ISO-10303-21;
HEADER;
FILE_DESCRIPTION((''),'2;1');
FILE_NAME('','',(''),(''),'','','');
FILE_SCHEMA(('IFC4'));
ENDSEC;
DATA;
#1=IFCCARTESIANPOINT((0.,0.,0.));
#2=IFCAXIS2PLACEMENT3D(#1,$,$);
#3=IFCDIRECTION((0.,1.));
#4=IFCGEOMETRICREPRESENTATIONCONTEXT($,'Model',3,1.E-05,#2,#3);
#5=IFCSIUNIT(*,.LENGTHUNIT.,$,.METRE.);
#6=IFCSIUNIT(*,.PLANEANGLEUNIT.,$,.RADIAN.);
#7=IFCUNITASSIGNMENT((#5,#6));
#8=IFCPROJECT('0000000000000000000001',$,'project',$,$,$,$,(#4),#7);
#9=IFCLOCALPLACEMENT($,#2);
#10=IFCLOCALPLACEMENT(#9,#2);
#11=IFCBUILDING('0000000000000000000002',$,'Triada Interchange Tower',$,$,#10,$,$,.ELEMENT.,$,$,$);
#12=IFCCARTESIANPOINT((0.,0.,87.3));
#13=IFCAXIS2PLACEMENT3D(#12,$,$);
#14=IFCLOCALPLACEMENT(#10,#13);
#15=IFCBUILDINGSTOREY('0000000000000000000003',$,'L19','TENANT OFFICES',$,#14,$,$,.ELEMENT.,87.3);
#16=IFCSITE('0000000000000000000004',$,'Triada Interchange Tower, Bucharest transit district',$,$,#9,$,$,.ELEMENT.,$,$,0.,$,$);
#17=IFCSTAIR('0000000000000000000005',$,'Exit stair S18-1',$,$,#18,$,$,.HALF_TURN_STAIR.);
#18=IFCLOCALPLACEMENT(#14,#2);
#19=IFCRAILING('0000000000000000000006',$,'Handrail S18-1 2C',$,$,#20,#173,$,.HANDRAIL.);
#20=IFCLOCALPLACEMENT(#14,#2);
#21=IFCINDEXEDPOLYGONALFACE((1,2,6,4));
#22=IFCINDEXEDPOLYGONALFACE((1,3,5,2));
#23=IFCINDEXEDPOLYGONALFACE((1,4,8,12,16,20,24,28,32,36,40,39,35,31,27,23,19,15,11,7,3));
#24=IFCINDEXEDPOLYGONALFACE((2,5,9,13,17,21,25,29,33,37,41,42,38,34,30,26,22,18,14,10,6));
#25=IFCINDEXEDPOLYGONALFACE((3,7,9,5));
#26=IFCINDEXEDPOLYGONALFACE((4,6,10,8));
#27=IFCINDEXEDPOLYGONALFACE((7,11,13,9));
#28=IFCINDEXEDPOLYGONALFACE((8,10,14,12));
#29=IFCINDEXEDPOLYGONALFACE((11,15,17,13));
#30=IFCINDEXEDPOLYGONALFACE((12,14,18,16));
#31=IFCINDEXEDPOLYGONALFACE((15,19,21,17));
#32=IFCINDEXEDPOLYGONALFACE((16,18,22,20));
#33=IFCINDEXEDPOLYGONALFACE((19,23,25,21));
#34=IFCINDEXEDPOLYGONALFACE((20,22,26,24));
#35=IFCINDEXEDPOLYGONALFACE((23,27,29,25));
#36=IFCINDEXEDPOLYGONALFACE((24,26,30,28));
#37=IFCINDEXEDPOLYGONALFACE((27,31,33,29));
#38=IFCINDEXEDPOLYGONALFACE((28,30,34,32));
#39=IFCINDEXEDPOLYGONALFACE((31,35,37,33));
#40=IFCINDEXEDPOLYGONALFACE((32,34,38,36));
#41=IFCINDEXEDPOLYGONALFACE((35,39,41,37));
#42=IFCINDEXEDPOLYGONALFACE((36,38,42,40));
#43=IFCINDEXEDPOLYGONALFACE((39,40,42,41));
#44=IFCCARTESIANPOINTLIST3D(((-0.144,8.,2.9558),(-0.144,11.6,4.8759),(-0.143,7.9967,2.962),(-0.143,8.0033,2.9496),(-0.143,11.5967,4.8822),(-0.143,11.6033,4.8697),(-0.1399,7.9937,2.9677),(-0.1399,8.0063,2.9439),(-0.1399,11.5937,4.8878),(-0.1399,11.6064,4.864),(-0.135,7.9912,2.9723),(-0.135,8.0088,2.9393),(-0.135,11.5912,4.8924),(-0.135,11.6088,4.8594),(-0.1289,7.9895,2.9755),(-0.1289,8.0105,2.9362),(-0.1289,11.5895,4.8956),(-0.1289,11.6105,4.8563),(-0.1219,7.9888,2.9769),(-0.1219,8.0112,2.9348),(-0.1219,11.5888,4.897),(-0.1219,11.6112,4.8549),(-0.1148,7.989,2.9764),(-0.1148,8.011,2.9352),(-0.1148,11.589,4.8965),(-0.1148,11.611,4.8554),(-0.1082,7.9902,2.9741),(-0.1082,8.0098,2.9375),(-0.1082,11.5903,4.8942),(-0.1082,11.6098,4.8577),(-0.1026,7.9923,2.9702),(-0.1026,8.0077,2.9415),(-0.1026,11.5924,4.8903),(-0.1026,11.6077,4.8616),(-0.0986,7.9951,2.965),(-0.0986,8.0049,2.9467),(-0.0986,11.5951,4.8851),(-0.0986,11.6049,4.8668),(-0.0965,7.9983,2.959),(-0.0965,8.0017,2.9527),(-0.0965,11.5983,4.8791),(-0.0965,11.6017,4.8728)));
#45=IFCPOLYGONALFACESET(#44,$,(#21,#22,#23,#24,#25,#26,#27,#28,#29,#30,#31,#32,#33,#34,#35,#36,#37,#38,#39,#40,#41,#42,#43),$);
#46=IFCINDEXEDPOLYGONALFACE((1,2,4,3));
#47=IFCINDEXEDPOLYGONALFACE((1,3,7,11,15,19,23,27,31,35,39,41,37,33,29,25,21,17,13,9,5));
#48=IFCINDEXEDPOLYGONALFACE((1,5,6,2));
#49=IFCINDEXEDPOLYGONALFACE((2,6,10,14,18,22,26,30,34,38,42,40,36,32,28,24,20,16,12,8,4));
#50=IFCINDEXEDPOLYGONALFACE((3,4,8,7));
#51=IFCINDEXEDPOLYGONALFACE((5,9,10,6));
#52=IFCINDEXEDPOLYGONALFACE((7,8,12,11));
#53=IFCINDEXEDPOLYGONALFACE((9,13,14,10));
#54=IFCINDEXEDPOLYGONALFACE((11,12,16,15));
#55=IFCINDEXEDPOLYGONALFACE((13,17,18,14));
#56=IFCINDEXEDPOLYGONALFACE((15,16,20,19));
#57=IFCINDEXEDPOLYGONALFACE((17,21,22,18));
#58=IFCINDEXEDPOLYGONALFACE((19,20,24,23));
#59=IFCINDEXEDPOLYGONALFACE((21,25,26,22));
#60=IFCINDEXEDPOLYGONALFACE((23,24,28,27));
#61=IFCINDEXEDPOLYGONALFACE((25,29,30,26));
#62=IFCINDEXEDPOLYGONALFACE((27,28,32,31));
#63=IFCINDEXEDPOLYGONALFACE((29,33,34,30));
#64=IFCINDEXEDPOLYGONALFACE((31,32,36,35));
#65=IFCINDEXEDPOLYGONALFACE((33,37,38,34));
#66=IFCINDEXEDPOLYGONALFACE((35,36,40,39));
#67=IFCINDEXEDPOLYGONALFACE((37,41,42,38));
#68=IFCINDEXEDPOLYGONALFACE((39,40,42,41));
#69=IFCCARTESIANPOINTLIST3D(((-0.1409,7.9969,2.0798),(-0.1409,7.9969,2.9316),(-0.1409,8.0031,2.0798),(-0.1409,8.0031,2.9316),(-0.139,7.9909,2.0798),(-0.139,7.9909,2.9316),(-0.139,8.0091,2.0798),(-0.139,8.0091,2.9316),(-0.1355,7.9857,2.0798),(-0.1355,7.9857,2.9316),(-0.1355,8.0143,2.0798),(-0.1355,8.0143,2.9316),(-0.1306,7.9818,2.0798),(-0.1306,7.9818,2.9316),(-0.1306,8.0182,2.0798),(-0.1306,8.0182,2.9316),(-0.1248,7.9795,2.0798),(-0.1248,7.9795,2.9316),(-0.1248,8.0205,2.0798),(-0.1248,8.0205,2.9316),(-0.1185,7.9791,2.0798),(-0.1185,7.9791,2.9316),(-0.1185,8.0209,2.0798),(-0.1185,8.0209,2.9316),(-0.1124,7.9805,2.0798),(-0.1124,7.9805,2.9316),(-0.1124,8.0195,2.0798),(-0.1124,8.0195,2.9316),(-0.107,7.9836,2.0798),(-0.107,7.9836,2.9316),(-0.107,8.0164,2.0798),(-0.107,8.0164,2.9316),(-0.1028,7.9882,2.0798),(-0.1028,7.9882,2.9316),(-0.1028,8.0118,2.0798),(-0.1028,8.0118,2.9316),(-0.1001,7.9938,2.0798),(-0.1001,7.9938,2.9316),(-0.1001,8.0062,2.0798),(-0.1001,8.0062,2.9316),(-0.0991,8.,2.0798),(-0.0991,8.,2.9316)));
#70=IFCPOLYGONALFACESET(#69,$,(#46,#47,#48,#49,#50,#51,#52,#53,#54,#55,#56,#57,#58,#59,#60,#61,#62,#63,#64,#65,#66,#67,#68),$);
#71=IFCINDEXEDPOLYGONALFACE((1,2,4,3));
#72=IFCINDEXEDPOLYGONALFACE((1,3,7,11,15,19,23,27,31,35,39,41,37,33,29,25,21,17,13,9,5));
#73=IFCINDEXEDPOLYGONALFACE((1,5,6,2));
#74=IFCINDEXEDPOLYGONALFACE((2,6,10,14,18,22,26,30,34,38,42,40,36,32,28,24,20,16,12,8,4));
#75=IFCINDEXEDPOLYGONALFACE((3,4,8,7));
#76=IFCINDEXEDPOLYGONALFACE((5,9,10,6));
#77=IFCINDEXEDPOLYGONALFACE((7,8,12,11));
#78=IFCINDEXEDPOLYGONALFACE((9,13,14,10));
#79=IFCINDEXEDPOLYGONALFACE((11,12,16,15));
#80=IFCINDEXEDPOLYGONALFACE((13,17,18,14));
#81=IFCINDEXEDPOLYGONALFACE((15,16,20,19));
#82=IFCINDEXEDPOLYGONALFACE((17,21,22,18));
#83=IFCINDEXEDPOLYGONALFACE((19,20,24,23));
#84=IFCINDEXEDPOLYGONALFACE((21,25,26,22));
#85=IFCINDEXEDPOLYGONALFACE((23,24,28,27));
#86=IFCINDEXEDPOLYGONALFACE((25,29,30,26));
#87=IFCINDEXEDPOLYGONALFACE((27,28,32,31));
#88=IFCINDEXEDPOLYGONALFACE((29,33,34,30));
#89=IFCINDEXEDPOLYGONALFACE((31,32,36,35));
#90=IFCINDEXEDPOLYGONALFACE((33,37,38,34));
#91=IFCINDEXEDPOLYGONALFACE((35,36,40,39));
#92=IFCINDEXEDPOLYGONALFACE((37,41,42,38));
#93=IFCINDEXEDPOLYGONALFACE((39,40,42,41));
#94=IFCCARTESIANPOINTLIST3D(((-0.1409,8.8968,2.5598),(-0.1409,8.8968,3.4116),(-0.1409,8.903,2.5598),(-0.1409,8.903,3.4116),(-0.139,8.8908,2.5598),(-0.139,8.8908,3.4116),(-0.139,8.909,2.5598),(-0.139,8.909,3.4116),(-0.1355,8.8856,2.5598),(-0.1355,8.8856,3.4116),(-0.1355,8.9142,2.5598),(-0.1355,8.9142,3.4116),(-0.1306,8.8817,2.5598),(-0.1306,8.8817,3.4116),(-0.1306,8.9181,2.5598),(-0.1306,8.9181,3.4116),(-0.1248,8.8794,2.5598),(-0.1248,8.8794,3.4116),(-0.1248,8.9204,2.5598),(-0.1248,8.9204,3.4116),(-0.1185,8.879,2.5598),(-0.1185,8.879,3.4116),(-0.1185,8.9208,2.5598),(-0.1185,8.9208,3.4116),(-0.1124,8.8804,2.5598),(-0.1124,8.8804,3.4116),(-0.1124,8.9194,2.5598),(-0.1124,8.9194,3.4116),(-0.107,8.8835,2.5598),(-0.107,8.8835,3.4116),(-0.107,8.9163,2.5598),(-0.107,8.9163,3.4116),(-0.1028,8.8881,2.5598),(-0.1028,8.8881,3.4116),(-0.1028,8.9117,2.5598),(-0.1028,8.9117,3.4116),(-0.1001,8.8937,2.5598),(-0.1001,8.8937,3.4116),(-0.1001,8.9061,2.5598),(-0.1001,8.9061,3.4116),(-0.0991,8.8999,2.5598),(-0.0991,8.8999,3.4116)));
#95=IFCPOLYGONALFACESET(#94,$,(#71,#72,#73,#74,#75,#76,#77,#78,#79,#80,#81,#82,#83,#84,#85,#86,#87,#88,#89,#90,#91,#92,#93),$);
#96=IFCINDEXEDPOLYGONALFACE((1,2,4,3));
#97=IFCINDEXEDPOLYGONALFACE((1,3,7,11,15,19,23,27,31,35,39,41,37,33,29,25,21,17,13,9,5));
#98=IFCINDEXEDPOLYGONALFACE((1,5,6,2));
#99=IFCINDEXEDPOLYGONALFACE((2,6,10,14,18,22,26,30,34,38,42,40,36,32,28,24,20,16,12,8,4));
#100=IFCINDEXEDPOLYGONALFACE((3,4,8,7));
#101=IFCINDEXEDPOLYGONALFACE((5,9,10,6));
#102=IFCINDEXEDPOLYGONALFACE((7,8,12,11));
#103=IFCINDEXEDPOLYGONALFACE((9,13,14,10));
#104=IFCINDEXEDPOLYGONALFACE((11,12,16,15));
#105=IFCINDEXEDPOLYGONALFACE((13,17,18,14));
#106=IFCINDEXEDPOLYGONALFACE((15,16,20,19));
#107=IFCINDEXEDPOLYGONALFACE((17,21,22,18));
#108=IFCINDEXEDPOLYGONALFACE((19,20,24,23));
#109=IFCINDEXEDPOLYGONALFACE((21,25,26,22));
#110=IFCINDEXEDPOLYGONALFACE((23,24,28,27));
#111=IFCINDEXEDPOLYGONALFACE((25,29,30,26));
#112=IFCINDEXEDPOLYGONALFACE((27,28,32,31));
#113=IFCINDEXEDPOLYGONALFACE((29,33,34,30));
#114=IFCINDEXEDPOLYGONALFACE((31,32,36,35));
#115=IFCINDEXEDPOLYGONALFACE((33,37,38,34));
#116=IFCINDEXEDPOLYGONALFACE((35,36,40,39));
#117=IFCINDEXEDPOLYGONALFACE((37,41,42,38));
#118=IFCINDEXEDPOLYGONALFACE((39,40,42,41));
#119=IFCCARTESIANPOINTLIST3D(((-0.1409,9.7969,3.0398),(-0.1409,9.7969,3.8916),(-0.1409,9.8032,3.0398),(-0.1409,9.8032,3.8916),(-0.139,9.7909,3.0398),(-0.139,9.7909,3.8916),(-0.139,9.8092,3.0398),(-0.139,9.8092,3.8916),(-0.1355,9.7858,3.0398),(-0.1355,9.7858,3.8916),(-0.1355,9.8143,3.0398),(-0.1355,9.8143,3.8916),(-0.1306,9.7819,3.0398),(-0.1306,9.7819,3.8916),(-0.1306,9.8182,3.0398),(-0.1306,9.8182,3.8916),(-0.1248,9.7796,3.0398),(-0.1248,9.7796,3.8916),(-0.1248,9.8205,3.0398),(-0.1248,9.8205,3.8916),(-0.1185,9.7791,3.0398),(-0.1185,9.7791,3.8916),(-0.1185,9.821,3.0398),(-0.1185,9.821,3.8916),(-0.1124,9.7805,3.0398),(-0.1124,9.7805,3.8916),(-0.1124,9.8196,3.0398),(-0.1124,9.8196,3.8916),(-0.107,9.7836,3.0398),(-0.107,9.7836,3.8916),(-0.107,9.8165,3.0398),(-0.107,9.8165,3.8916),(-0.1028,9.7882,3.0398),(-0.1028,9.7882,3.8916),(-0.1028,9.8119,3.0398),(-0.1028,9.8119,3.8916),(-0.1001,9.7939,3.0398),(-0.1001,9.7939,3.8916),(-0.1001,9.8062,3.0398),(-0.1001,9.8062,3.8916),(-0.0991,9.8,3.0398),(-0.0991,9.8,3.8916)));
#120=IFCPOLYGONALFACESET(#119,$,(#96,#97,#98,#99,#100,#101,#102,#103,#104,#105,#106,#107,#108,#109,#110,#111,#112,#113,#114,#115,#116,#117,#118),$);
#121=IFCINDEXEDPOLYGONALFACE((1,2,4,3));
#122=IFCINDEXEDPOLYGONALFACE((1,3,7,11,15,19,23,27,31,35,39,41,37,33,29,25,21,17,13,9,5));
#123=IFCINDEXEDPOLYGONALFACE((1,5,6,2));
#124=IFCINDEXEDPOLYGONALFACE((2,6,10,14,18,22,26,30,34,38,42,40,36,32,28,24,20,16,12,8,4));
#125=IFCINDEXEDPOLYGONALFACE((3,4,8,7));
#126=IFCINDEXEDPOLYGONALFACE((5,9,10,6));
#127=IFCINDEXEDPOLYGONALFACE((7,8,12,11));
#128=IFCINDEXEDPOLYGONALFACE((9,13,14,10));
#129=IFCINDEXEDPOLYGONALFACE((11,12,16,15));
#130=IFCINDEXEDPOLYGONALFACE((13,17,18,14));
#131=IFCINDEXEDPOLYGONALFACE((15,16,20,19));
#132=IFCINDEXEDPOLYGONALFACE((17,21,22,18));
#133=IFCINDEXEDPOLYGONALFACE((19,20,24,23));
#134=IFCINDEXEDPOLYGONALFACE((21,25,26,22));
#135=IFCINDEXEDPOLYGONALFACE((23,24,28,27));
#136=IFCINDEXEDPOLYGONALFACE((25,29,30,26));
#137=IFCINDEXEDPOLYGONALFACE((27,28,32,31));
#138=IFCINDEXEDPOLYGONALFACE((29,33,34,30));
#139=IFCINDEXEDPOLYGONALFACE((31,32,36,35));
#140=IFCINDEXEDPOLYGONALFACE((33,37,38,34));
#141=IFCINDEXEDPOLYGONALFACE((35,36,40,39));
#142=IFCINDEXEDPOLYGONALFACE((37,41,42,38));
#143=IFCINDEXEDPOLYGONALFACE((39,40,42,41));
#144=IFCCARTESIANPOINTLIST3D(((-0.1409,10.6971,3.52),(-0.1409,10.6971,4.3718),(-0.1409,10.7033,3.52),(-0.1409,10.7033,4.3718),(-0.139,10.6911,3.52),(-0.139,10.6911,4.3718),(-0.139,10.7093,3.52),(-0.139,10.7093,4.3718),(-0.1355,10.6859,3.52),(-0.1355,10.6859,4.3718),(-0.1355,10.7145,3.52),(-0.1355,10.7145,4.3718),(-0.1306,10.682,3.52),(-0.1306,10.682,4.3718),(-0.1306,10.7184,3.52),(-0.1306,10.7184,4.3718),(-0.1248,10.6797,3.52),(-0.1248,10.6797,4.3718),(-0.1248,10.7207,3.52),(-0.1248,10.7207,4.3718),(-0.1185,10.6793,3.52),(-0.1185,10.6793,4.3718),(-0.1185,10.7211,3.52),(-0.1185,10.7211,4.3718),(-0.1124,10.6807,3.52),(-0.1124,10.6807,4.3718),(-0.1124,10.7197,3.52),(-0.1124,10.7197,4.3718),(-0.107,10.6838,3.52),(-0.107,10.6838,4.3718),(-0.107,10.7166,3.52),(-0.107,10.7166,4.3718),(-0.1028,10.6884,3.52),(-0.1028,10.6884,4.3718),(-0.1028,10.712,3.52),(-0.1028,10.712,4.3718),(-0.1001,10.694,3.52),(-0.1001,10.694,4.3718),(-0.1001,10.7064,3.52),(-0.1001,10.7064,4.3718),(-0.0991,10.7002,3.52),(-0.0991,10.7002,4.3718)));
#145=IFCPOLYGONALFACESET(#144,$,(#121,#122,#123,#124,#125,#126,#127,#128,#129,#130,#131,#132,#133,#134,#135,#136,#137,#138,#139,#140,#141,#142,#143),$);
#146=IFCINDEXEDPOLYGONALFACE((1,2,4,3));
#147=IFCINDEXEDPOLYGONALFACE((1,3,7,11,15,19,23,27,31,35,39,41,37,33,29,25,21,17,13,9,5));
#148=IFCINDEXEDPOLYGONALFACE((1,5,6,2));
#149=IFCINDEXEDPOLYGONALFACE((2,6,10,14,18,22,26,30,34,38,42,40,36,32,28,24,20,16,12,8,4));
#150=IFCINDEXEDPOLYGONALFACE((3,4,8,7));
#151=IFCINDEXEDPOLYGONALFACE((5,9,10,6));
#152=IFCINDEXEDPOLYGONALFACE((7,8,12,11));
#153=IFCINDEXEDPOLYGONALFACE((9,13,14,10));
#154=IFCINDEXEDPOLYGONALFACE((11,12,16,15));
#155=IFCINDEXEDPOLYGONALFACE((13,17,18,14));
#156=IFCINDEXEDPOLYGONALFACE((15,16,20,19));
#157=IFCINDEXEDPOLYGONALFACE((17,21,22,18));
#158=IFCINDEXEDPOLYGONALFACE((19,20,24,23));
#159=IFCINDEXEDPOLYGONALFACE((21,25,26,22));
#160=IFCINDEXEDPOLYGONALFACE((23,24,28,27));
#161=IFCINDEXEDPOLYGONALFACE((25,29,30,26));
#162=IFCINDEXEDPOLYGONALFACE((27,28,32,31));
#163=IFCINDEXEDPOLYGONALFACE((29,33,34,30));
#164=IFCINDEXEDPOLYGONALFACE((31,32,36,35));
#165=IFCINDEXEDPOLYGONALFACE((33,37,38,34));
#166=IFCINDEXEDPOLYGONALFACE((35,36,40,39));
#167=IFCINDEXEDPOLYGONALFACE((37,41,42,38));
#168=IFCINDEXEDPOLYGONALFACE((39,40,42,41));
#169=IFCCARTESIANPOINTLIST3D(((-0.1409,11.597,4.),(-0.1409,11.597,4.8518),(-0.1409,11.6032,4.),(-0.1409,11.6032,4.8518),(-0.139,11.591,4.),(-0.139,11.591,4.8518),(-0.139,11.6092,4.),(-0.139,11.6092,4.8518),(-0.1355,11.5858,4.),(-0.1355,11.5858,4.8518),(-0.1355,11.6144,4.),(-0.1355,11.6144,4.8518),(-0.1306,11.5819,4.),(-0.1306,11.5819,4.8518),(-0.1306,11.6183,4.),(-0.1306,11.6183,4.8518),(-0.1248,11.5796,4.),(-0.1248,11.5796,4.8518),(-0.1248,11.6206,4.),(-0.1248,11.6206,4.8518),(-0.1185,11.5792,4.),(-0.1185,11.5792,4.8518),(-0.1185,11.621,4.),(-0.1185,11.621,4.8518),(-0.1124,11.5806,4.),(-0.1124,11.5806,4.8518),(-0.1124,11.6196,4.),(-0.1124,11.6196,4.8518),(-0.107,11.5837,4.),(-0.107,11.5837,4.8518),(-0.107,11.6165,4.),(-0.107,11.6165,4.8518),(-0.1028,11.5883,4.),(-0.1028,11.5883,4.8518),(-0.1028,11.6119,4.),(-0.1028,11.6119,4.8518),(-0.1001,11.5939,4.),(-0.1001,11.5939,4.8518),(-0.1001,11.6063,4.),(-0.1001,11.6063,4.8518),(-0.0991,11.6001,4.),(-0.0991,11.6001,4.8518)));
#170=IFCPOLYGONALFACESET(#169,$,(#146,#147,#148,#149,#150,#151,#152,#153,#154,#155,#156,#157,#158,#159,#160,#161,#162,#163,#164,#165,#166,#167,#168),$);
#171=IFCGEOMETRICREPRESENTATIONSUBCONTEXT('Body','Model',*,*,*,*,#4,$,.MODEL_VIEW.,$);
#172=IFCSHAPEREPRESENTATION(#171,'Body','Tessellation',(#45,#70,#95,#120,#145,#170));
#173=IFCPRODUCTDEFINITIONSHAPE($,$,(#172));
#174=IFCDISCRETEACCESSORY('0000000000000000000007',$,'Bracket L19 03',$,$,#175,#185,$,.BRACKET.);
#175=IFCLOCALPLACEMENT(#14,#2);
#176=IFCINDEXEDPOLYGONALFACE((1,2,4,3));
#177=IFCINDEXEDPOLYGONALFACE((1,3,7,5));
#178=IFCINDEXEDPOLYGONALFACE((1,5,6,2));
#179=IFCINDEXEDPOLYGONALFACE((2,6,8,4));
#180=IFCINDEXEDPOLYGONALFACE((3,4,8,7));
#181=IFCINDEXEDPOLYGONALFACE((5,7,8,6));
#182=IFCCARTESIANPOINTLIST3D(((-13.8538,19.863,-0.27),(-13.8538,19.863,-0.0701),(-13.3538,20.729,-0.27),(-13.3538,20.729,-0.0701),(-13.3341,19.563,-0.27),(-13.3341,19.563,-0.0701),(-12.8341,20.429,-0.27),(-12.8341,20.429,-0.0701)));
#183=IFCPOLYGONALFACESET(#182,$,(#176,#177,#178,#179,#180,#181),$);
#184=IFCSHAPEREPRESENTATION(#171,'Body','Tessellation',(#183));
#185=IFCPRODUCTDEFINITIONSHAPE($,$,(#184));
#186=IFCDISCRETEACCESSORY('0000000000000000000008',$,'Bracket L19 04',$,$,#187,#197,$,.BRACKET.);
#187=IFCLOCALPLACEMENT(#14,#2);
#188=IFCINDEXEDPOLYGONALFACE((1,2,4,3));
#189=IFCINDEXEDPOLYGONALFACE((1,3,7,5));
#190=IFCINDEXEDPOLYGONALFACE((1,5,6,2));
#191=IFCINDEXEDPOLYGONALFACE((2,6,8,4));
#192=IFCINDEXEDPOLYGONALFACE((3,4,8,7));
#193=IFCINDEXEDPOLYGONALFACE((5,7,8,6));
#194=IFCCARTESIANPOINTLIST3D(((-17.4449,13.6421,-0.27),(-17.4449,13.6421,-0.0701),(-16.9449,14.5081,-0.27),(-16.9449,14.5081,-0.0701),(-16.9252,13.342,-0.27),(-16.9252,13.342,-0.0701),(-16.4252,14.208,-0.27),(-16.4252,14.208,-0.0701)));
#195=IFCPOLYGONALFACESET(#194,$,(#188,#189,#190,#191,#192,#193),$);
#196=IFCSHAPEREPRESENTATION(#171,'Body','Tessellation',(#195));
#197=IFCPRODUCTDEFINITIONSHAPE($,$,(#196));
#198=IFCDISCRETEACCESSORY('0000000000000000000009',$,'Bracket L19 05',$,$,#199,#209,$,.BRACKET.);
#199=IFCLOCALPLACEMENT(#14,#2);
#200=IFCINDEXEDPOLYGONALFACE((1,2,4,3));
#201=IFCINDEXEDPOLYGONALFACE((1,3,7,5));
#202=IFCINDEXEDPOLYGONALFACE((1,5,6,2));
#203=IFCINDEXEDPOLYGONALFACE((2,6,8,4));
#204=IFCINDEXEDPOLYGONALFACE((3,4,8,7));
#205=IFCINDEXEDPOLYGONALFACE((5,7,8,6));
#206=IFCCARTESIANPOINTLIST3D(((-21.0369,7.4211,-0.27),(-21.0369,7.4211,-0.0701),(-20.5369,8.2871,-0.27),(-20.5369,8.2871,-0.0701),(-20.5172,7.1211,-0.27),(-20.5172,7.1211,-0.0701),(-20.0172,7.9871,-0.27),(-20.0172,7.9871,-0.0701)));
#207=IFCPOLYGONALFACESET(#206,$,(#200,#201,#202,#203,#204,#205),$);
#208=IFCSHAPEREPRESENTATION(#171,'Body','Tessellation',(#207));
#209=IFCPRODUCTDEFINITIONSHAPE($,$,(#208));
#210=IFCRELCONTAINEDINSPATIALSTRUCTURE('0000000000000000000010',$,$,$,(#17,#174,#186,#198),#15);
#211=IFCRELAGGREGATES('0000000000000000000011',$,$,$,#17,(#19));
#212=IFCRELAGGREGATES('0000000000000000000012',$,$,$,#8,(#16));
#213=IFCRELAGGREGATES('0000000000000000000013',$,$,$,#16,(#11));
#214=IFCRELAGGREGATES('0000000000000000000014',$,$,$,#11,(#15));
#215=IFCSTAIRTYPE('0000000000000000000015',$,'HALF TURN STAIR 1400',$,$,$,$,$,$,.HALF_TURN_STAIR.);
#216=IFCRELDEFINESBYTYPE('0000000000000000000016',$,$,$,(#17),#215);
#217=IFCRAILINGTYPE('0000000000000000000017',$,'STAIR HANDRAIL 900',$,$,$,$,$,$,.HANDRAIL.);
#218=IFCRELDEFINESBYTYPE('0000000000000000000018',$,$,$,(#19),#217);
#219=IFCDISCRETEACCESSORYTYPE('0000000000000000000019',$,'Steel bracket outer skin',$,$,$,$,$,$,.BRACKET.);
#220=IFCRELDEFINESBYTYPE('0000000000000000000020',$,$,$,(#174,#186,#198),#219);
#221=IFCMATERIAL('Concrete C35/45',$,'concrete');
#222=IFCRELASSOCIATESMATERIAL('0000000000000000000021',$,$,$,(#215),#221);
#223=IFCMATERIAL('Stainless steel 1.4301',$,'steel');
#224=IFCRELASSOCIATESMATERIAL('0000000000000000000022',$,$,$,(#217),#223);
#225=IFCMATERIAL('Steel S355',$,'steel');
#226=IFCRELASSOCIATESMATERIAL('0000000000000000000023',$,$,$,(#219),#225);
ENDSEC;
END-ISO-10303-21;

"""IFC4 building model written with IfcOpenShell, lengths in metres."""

from ifc_helpers import new_model, si_unit, direction, frame, origin, origin_2d, place, context, subcontext, project, spatial, rectangle, circle, extrude, material, type_object, element, aggregate, save


model = new_model("IFC4")

# Units and contexts
model_context = context("Model", 3, precision=1e-05, world=origin(), true_north=direction((0.0, 1.0)))
body_context = subcontext(model_context, "Body", "Model", "MODEL_VIEW")
ifc_project = project(units=[si_unit("LENGTHUNIT", "METRE"), si_unit("PLANEANGLEUNIT", "RADIAN")], contexts=[model_context])

# Site, building, storey
site_placement = place(None, origin())
site = spatial("IfcSite", under=ifc_project, at=site_placement, Name="Triada Interchange Tower, Bucharest transit district", CompositionType="ELEMENT", RefElevation=0.0)
building_placement = place(site_placement, origin())
building = spatial("IfcBuilding", under=site, at=building_placement, Name="Triada Interchange Tower", CompositionType="ELEMENT")
storey_placement = place(building_placement, frame((0.0, 0.0, 87.3)))
storey = spatial("IfcBuildingStorey", under=building, at=storey_placement, Name="L19", Description="TENANT OFFICES", CompositionType="ELEMENT", Elevation=87.3)

# Stair
ifc_material_1 = material(Name="Concrete C35/45", Category="concrete")
stair_type = type_object("IfcStairType", Name="HALF TURN STAIR 1400", PredefinedType="HALF_TURN_STAIR", material=ifc_material_1)
stair_placement = place(storey_placement, origin())
stair = element("IfcStair", 1, at=stair_placement, inside=storey, type_object=stair_type, Name="Exit stair S18-1", PredefinedType="HALF_TURN_STAIR")

# Railing
ifc_material_2 = material(Name="Stainless steel 1.4301", Category="steel")
railing_type = type_object("IfcRailingType", Name="STAIR HANDRAIL 900", PredefinedType="HANDRAIL", material=ifc_material_2)
railing_1_placement = place(storey_placement, frame((-0.1201, 8.0, 2.0798)))
railing_1 = element("IfcRailing", 2, at=railing_1_placement, type_object=railing_type, Name="Handrail S18-1 2C", PredefinedType="HANDRAIL", context=body_context, shape_type="SweptSolid", body=[
    extrude(circle(Radius=0.0239, at=origin_2d()), frame((0.0, 0.0, 0.876), z_axis=(0.0, 0.882341, 0.47061), x_axis=(-1.0, 0.0, 0.0)), (0.0, 0.0, 1.0), 4.0801),
    extrude(circle(Radius=0.021, at=origin_2d()), origin(), (0.0, 0.0, 1.0), 0.8518),
    extrude(circle(Radius=0.021, at=origin_2d()), frame((0.0, 0.8999, 0.48)), (0.0, 0.0, 1.0), 0.8518),
    extrude(circle(Radius=0.021, at=origin_2d()), frame((0.0, 1.8, 0.96)), (0.0, 0.0, 1.0), 0.8518),
    extrude(circle(Radius=0.021, at=origin_2d()), frame((0.0, 2.7002, 1.4402)), (0.0, 0.0, 1.0), 0.8518),
    extrude(circle(Radius=0.021, at=origin_2d()), frame((0.0, 3.6001, 1.9202)), (0.0, 0.0, 1.0), 0.8518),
])
aggregate(stair, [railing_1])

# Discrete accessories
ifc_material_3 = material(Name="Steel S355", Category="steel")
discrete_accessory_type = type_object("IfcDiscreteAccessoryType", Name="Steel bracket outer skin", PredefinedType="BRACKET", material=ifc_material_3)
for number, where, z_axis, x_axis, name in (
    (3, (-13.344, 20.146, -0.27), (0.0, 0.0, 1.0), (-0.866025, 0.5, 0.0), "Bracket L19 03"),
    (4, (-16.9351, 13.925, -0.27), (0.0, 0.0, 1.0), (-0.866025, 0.5, 0.0), "Bracket L19 04"),
    (5, (-20.5271, 7.7041, -0.27), (0.0, 0.0, 1.0), (-0.866025, 0.5, 0.0), "Bracket L19 05"),
):
    element("IfcDiscreteAccessory", number, at=place(storey_placement, frame(where, z_axis=z_axis, x_axis=x_axis)), inside=storey, type_object=discrete_accessory_type, Name=name, PredefinedType="BRACKET", context=body_context, shape_type="SweptSolid", body=[
        extrude(rectangle(XDim=0.6001, YDim=1.0, at=origin_2d()), origin(), (0.0, 0.0, 1.0), 0.2),
    ])

save(model, "model.ifc")
